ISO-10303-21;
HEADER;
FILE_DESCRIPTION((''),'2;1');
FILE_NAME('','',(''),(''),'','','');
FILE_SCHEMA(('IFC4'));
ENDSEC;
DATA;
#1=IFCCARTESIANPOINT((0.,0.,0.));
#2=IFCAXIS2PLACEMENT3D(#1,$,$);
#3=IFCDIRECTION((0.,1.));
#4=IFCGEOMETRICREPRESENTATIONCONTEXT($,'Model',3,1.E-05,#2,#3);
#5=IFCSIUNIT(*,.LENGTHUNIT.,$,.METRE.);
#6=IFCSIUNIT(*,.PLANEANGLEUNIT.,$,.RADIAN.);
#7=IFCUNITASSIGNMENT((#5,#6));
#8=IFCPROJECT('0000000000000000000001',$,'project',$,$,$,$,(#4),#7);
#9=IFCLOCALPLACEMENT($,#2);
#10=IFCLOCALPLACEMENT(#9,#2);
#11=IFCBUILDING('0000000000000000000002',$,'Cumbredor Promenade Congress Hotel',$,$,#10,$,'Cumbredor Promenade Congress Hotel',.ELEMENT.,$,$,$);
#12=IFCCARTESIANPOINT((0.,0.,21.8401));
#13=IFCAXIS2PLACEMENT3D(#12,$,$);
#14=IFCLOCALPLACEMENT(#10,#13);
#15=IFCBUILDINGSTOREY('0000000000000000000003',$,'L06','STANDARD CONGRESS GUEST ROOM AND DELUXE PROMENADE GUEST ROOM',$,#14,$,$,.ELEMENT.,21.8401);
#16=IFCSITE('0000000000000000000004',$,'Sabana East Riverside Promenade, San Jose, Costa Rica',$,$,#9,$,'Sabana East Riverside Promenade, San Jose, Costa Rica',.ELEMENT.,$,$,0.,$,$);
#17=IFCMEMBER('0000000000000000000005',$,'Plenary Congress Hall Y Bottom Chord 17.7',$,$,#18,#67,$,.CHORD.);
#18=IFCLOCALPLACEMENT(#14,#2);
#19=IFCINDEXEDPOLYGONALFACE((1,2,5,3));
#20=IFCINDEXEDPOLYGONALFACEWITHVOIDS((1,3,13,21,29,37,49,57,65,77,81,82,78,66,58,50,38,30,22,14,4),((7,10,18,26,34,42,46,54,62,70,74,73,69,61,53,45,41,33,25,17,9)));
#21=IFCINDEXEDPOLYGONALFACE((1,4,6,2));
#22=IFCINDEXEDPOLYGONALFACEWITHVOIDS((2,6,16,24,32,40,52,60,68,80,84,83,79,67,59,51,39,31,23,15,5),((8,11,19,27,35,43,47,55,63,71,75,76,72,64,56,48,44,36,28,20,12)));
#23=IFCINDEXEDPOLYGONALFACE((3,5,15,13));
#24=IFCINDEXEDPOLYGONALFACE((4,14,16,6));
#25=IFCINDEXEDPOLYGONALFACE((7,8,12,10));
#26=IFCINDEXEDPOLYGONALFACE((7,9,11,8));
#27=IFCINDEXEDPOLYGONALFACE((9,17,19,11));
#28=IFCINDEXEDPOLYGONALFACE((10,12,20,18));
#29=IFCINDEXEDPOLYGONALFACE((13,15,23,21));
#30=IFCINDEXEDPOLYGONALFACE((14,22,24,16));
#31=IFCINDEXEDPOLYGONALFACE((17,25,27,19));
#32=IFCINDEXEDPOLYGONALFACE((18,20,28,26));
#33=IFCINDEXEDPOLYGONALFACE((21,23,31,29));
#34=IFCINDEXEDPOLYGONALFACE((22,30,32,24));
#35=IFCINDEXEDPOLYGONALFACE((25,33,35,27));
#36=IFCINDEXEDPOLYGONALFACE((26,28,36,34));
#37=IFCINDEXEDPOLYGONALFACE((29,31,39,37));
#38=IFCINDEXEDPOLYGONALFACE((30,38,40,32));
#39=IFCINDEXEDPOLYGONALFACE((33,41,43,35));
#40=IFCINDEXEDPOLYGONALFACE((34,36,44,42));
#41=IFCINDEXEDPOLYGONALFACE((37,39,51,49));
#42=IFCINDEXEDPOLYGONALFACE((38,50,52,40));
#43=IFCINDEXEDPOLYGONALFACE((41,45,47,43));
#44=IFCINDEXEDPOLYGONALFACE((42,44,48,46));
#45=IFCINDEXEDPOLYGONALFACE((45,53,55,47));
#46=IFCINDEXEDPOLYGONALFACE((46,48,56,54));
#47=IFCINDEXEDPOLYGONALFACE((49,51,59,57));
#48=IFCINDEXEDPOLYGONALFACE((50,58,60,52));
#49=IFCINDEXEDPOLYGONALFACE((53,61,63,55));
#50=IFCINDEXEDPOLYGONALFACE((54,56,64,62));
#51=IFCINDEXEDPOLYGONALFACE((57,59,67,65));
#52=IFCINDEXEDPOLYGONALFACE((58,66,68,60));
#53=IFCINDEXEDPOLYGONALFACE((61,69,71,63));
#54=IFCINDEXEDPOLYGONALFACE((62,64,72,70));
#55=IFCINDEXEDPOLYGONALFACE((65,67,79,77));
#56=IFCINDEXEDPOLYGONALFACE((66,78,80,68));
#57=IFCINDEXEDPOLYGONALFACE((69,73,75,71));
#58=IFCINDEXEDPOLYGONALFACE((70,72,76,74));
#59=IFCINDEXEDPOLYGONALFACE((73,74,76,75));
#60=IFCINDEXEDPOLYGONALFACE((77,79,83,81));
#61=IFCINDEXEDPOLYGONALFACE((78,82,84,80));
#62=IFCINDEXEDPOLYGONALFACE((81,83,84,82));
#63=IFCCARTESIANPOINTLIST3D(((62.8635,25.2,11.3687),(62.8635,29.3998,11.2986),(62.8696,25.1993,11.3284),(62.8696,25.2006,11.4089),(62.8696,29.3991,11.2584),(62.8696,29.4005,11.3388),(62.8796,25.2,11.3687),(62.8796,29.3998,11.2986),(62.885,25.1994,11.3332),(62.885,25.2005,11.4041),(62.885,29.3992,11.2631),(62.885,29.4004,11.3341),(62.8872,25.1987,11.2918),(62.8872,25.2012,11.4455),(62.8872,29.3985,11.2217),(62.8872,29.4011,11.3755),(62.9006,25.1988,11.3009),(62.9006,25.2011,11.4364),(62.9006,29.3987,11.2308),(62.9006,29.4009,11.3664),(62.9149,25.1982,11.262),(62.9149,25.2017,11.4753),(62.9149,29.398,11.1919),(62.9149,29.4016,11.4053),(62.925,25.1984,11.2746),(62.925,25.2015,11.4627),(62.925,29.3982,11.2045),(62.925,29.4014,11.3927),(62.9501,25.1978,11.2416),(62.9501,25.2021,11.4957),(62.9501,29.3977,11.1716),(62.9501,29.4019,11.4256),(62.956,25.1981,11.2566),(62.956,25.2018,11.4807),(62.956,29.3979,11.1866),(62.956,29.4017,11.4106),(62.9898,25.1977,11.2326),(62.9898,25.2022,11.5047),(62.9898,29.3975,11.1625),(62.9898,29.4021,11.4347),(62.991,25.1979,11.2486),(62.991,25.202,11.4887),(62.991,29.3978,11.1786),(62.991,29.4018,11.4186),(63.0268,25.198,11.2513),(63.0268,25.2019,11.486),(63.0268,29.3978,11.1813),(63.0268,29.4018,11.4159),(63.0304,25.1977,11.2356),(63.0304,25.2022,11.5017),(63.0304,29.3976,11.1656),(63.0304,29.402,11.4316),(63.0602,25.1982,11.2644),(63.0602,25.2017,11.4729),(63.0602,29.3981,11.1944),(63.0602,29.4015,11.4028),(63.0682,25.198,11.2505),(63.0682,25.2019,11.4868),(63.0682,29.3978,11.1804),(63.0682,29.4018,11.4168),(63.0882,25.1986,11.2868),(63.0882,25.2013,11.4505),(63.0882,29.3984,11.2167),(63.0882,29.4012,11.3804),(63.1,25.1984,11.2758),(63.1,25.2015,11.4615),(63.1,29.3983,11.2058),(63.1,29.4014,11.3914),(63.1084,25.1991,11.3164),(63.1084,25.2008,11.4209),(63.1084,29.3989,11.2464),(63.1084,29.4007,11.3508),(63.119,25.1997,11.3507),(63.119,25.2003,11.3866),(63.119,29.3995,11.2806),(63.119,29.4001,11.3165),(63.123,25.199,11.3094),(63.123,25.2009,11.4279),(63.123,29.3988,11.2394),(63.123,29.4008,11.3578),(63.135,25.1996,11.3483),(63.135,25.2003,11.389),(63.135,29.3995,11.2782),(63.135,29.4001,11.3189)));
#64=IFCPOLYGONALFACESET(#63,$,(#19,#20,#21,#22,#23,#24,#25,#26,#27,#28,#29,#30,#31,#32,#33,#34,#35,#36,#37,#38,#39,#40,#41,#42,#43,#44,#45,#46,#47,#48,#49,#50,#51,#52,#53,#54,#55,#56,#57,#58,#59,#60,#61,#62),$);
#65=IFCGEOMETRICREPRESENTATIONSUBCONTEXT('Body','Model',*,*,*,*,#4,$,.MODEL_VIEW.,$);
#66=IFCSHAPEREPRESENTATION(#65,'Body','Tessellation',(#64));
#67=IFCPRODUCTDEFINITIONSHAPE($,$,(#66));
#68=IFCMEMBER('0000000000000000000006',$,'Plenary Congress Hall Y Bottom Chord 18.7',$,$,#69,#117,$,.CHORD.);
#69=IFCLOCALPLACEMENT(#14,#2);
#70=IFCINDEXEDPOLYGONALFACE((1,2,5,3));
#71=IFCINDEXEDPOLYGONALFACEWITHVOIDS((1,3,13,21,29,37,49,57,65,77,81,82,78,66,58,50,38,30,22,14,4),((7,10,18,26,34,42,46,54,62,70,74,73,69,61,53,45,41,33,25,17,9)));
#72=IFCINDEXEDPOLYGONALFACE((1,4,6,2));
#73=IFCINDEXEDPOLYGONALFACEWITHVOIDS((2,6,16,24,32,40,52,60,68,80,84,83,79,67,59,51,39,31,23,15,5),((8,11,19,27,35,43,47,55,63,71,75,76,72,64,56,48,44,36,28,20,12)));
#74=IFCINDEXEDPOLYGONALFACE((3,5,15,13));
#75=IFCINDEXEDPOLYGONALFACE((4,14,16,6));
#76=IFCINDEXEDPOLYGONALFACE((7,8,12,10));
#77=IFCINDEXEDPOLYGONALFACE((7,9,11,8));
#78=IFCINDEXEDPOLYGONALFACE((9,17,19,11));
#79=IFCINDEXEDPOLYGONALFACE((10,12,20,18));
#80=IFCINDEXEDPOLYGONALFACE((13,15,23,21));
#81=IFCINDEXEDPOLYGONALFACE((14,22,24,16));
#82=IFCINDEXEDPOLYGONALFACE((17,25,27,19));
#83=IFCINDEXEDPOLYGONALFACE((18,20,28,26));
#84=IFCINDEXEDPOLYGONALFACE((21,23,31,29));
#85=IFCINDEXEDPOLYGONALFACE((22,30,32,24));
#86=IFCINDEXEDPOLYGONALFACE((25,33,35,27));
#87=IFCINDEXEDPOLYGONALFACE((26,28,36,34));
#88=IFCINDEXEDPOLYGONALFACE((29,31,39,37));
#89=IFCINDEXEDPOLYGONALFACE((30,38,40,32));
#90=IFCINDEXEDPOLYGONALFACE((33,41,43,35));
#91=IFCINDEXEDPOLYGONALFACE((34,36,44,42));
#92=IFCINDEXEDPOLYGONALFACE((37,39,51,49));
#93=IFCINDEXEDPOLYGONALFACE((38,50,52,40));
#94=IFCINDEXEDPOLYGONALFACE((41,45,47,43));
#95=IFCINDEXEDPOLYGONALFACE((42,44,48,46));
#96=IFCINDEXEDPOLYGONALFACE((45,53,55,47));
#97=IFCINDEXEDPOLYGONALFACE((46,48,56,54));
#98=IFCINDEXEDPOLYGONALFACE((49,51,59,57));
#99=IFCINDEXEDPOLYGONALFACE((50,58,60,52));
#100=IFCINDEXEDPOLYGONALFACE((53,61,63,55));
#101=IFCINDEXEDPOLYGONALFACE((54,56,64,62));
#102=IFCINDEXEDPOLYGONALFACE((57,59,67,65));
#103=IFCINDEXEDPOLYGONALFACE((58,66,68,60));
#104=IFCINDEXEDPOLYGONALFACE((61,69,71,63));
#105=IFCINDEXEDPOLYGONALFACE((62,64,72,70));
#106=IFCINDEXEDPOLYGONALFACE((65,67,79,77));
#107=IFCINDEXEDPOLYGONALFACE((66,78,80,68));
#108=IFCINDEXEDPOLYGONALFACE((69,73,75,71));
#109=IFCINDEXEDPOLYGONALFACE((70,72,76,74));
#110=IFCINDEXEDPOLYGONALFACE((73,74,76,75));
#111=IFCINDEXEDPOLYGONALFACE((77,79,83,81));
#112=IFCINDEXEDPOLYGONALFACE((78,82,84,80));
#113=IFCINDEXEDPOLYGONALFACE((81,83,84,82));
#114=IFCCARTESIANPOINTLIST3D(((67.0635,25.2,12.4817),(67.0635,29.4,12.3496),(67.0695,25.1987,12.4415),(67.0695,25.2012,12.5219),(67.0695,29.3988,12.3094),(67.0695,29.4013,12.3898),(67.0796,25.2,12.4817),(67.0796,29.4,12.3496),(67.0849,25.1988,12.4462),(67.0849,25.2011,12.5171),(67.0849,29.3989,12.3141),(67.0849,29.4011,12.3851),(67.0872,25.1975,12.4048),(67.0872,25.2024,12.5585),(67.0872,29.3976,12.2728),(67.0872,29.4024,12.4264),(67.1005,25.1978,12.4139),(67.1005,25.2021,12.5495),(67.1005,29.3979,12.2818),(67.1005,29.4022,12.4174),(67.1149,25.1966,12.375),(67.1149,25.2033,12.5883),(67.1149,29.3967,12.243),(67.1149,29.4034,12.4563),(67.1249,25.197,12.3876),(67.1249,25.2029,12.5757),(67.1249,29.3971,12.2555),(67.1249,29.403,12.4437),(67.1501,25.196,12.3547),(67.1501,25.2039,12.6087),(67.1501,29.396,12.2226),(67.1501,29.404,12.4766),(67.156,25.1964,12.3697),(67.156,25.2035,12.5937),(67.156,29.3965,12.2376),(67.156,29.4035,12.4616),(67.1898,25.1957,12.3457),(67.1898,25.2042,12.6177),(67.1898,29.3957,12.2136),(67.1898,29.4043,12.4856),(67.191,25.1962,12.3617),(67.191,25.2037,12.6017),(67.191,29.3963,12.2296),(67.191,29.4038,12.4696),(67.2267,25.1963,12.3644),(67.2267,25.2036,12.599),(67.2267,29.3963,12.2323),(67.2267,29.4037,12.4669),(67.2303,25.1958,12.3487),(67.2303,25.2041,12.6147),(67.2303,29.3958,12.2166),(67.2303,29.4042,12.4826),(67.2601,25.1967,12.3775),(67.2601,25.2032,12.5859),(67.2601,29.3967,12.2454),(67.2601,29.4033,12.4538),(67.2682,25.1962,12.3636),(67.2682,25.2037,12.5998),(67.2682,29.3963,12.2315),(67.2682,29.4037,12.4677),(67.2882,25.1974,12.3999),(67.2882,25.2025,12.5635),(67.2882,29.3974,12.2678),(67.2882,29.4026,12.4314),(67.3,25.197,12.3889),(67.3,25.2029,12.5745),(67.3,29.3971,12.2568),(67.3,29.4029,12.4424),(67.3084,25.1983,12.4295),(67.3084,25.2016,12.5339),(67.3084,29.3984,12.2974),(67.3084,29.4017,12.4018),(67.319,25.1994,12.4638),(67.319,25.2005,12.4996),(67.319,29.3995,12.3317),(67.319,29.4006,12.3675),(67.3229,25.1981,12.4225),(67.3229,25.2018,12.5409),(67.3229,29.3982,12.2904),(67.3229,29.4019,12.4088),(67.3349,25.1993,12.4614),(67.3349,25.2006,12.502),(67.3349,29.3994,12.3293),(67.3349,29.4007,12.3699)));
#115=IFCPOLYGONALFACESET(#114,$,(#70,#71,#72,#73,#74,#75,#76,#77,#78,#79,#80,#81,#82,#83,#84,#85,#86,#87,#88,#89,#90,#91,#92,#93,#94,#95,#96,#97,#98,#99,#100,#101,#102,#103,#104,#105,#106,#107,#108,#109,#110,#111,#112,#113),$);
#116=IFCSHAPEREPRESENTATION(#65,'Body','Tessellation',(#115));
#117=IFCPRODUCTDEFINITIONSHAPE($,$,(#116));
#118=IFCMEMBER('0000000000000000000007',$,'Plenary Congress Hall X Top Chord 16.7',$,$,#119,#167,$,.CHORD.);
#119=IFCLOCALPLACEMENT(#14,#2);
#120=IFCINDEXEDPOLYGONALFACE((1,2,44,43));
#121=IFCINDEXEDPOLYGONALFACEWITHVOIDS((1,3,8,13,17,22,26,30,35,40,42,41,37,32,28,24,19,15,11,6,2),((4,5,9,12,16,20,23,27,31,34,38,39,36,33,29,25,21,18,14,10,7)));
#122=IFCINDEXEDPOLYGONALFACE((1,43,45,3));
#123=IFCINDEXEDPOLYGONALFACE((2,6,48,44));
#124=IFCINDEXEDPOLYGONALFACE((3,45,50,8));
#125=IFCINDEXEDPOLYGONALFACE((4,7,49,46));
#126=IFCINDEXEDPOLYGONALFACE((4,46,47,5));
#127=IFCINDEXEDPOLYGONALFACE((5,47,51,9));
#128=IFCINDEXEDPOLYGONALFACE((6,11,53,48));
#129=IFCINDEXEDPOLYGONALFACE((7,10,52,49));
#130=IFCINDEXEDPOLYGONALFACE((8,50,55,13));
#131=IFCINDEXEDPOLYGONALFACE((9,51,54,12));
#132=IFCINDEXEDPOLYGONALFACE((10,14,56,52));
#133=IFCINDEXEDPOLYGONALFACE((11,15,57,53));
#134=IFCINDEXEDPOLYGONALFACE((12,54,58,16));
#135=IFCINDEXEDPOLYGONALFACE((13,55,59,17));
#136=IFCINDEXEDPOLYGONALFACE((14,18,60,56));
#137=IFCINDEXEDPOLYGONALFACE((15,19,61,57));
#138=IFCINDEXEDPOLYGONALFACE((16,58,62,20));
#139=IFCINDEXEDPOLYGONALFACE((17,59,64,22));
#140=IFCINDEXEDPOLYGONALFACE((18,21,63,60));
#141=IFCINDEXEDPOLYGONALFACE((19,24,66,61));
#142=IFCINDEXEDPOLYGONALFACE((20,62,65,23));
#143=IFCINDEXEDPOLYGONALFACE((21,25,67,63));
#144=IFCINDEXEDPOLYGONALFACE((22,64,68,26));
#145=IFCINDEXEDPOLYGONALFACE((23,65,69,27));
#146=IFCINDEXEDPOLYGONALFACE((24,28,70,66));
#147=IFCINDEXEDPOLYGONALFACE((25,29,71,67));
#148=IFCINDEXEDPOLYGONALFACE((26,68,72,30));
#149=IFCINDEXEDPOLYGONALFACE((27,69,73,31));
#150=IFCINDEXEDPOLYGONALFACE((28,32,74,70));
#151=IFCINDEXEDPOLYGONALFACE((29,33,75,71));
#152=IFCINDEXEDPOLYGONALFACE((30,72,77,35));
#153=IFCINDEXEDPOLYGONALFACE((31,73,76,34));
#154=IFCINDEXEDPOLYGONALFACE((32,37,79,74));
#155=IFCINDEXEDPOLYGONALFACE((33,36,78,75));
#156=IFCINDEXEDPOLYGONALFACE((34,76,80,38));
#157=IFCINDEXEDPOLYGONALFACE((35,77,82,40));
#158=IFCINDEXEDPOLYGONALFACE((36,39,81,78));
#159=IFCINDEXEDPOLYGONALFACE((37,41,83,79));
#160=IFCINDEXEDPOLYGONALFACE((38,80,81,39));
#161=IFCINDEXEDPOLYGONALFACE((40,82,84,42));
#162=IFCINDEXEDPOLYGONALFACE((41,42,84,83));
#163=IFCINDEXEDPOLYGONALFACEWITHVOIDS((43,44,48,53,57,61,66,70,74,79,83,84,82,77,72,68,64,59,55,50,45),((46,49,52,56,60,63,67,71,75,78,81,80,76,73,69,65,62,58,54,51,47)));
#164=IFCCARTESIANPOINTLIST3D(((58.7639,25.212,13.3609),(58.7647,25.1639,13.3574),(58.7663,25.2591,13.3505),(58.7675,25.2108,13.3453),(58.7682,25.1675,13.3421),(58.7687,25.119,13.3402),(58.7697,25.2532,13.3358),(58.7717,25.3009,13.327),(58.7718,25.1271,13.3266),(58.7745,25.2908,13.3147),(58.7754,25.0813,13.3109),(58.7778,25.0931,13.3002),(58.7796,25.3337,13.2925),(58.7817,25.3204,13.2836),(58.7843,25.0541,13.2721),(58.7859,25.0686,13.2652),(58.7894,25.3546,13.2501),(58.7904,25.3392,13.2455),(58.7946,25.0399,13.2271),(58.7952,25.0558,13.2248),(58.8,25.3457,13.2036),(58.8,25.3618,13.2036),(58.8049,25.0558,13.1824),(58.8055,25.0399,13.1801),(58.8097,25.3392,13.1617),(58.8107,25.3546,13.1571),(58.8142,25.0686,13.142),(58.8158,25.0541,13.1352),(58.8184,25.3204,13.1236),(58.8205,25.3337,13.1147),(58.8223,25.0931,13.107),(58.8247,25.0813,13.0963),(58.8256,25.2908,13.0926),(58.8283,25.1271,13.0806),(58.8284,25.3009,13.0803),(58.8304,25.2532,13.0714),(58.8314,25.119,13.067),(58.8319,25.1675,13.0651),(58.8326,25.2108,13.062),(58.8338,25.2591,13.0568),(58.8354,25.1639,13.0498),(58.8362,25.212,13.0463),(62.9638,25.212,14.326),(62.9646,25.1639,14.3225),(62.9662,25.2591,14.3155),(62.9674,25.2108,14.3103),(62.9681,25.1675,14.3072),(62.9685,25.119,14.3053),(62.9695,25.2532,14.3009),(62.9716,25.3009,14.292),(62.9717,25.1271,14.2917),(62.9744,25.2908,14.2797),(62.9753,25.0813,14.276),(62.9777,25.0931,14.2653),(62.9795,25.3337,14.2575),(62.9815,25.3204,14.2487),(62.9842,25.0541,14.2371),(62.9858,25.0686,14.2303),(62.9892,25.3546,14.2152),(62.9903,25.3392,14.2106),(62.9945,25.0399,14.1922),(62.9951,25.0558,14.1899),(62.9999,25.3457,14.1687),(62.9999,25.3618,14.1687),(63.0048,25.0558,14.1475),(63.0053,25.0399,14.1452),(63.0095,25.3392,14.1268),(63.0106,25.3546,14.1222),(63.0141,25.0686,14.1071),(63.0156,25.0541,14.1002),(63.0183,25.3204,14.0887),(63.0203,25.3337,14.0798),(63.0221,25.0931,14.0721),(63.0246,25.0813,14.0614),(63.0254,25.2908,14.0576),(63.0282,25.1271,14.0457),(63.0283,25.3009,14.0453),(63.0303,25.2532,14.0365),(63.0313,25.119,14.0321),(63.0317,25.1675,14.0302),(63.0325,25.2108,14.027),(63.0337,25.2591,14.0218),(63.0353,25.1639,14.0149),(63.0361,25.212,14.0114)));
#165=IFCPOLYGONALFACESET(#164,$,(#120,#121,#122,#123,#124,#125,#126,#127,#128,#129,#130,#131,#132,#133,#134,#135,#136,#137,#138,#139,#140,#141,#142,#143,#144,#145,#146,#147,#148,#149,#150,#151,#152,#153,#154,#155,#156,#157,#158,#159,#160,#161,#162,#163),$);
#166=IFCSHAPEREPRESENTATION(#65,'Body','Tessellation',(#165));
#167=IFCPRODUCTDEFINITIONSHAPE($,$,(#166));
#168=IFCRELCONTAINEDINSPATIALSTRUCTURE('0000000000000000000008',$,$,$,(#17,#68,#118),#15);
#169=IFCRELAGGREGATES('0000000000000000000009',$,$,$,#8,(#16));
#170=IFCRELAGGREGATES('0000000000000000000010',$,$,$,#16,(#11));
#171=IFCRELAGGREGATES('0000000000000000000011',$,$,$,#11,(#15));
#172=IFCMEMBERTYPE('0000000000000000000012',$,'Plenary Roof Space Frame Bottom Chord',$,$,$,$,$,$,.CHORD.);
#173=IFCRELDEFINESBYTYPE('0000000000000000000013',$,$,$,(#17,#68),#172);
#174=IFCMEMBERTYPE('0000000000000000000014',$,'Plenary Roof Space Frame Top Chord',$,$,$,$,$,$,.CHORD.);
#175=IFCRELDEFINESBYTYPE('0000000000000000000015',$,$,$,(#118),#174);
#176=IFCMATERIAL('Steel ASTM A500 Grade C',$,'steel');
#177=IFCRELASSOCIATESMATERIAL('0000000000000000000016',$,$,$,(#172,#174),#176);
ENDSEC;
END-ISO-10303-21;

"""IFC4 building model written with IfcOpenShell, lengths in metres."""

from ifc_helpers import new_model, si_unit, direction, frame, origin, origin_2d, place, context, subcontext, project, spatial, hollow_circle, extrude, material, material_profile, profile_set, type_object, element, save


model = new_model("IFC4")

# Units and contexts
model_context = context("Model", 3, precision=1e-05, world=origin(), true_north=direction((0.0, 1.0)))
body_context = subcontext(model_context, "Body", "Model", "MODEL_VIEW")
ifc_project = project(units=[si_unit("LENGTHUNIT", "METRE"), si_unit("PLANEANGLEUNIT", "RADIAN")], contexts=[model_context])

# Site, building, storey
site_placement = place(None, origin())
site = spatial("IfcSite", under=ifc_project, at=site_placement, Name="Sabana East Riverside Promenade, San Jose, Costa Rica", LongName="Sabana East Riverside Promenade, San Jose, Costa Rica", CompositionType="ELEMENT", RefElevation=0.0)
building_placement = place(site_placement, origin())
building = spatial("IfcBuilding", under=site, at=building_placement, Name="Cumbredor Promenade Congress Hotel", LongName="Cumbredor Promenade Congress Hotel", CompositionType="ELEMENT")
storey_placement = place(building_placement, frame((0.0, 0.0, 21.8401)))
storey = spatial("IfcBuildingStorey", under=building, at=storey_placement, Name="L06", Description="STANDARD CONGRESS GUEST ROOM AND DELUXE PROMENADE GUEST ROOM", CompositionType="ELEMENT", Elevation=21.8401)

# Members
ifc_material_1 = material(Name="Steel ASTM A500 Grade C", Category="steel")
ifc_material_profile_1 = material_profile(ifc_material_1, hollow_circle(Radius=0.1365, WallThickness=0.0161, at=origin_2d()), Name="CHS 273.0x16")
ifc_profile_set_1 = profile_set([ifc_material_profile_1], Name="Steel ASTM A500 Grade C")
member_type_1 = type_object("IfcMemberType", Name="Plenary Roof Space Frame Bottom Chord", PredefinedType="CHORD", material=ifc_profile_set_1)
member_1_placement = place(storey_placement, frame((63.0, 25.2, 11.3687), z_axis=(0.0, 0.999861, -0.016681), x_axis=(-1.0, 0.0, 0.0)))
element("IfcMember", 1, at=member_1_placement, inside=storey, type_object=member_type_1, Name="Plenary Congress Hall Y Bottom Chord 17.7", PredefinedType="CHORD", context=body_context, shape_type="SweptSolid", body=[
    extrude(hollow_circle(Radius=0.1365, WallThickness=0.0161, at=origin_2d()), origin(), (0.0, 0.0, 1.0), 4.2004),
])
member_2_placement = place(storey_placement, frame((67.2, 25.2, 12.4817), z_axis=(0.0, 0.999506, -0.031432), x_axis=(-1.0, 0.0, 0.0)))
element("IfcMember", 2, at=member_2_placement, inside=storey, type_object=member_type_1, Name="Plenary Congress Hall Y Bottom Chord 18.7", PredefinedType="CHORD", context=body_context, shape_type="SweptSolid", body=[
    extrude(hollow_circle(Radius=0.1365, WallThickness=0.0161, at=origin_2d()), origin(), (0.0, 0.0, 1.0), 4.2021),
])
ifc_material_profile_2 = material_profile(ifc_material_1, hollow_circle(Radius=0.1619, WallThickness=0.0161, at=origin_2d()), Name="CHS 323.9x16")
ifc_profile_set_2 = profile_set([ifc_material_profile_2], Name="Steel ASTM A500 Grade C")
member_type_2 = type_object("IfcMemberType", Name="Plenary Roof Space Frame Top Chord", PredefinedType="CHORD", material=ifc_profile_set_2)
member_3_placement = place(storey_placement, frame((58.8, 25.2, 13.2036), z_axis=(0.974601, 0.0, 0.223949), x_axis=(0.0, 1.0, 0.0)))
element("IfcMember", 3, at=member_3_placement, inside=storey, type_object=member_type_2, Name="Plenary Congress Hall X Top Chord 16.7", PredefinedType="CHORD", context=body_context, shape_type="SweptSolid", body=[
    extrude(hollow_circle(Radius=0.1619, WallThickness=0.0161, at=origin_2d()), origin(), (0.0, 0.0, 1.0), 4.3093),
])

save(model, "model.ifc")
